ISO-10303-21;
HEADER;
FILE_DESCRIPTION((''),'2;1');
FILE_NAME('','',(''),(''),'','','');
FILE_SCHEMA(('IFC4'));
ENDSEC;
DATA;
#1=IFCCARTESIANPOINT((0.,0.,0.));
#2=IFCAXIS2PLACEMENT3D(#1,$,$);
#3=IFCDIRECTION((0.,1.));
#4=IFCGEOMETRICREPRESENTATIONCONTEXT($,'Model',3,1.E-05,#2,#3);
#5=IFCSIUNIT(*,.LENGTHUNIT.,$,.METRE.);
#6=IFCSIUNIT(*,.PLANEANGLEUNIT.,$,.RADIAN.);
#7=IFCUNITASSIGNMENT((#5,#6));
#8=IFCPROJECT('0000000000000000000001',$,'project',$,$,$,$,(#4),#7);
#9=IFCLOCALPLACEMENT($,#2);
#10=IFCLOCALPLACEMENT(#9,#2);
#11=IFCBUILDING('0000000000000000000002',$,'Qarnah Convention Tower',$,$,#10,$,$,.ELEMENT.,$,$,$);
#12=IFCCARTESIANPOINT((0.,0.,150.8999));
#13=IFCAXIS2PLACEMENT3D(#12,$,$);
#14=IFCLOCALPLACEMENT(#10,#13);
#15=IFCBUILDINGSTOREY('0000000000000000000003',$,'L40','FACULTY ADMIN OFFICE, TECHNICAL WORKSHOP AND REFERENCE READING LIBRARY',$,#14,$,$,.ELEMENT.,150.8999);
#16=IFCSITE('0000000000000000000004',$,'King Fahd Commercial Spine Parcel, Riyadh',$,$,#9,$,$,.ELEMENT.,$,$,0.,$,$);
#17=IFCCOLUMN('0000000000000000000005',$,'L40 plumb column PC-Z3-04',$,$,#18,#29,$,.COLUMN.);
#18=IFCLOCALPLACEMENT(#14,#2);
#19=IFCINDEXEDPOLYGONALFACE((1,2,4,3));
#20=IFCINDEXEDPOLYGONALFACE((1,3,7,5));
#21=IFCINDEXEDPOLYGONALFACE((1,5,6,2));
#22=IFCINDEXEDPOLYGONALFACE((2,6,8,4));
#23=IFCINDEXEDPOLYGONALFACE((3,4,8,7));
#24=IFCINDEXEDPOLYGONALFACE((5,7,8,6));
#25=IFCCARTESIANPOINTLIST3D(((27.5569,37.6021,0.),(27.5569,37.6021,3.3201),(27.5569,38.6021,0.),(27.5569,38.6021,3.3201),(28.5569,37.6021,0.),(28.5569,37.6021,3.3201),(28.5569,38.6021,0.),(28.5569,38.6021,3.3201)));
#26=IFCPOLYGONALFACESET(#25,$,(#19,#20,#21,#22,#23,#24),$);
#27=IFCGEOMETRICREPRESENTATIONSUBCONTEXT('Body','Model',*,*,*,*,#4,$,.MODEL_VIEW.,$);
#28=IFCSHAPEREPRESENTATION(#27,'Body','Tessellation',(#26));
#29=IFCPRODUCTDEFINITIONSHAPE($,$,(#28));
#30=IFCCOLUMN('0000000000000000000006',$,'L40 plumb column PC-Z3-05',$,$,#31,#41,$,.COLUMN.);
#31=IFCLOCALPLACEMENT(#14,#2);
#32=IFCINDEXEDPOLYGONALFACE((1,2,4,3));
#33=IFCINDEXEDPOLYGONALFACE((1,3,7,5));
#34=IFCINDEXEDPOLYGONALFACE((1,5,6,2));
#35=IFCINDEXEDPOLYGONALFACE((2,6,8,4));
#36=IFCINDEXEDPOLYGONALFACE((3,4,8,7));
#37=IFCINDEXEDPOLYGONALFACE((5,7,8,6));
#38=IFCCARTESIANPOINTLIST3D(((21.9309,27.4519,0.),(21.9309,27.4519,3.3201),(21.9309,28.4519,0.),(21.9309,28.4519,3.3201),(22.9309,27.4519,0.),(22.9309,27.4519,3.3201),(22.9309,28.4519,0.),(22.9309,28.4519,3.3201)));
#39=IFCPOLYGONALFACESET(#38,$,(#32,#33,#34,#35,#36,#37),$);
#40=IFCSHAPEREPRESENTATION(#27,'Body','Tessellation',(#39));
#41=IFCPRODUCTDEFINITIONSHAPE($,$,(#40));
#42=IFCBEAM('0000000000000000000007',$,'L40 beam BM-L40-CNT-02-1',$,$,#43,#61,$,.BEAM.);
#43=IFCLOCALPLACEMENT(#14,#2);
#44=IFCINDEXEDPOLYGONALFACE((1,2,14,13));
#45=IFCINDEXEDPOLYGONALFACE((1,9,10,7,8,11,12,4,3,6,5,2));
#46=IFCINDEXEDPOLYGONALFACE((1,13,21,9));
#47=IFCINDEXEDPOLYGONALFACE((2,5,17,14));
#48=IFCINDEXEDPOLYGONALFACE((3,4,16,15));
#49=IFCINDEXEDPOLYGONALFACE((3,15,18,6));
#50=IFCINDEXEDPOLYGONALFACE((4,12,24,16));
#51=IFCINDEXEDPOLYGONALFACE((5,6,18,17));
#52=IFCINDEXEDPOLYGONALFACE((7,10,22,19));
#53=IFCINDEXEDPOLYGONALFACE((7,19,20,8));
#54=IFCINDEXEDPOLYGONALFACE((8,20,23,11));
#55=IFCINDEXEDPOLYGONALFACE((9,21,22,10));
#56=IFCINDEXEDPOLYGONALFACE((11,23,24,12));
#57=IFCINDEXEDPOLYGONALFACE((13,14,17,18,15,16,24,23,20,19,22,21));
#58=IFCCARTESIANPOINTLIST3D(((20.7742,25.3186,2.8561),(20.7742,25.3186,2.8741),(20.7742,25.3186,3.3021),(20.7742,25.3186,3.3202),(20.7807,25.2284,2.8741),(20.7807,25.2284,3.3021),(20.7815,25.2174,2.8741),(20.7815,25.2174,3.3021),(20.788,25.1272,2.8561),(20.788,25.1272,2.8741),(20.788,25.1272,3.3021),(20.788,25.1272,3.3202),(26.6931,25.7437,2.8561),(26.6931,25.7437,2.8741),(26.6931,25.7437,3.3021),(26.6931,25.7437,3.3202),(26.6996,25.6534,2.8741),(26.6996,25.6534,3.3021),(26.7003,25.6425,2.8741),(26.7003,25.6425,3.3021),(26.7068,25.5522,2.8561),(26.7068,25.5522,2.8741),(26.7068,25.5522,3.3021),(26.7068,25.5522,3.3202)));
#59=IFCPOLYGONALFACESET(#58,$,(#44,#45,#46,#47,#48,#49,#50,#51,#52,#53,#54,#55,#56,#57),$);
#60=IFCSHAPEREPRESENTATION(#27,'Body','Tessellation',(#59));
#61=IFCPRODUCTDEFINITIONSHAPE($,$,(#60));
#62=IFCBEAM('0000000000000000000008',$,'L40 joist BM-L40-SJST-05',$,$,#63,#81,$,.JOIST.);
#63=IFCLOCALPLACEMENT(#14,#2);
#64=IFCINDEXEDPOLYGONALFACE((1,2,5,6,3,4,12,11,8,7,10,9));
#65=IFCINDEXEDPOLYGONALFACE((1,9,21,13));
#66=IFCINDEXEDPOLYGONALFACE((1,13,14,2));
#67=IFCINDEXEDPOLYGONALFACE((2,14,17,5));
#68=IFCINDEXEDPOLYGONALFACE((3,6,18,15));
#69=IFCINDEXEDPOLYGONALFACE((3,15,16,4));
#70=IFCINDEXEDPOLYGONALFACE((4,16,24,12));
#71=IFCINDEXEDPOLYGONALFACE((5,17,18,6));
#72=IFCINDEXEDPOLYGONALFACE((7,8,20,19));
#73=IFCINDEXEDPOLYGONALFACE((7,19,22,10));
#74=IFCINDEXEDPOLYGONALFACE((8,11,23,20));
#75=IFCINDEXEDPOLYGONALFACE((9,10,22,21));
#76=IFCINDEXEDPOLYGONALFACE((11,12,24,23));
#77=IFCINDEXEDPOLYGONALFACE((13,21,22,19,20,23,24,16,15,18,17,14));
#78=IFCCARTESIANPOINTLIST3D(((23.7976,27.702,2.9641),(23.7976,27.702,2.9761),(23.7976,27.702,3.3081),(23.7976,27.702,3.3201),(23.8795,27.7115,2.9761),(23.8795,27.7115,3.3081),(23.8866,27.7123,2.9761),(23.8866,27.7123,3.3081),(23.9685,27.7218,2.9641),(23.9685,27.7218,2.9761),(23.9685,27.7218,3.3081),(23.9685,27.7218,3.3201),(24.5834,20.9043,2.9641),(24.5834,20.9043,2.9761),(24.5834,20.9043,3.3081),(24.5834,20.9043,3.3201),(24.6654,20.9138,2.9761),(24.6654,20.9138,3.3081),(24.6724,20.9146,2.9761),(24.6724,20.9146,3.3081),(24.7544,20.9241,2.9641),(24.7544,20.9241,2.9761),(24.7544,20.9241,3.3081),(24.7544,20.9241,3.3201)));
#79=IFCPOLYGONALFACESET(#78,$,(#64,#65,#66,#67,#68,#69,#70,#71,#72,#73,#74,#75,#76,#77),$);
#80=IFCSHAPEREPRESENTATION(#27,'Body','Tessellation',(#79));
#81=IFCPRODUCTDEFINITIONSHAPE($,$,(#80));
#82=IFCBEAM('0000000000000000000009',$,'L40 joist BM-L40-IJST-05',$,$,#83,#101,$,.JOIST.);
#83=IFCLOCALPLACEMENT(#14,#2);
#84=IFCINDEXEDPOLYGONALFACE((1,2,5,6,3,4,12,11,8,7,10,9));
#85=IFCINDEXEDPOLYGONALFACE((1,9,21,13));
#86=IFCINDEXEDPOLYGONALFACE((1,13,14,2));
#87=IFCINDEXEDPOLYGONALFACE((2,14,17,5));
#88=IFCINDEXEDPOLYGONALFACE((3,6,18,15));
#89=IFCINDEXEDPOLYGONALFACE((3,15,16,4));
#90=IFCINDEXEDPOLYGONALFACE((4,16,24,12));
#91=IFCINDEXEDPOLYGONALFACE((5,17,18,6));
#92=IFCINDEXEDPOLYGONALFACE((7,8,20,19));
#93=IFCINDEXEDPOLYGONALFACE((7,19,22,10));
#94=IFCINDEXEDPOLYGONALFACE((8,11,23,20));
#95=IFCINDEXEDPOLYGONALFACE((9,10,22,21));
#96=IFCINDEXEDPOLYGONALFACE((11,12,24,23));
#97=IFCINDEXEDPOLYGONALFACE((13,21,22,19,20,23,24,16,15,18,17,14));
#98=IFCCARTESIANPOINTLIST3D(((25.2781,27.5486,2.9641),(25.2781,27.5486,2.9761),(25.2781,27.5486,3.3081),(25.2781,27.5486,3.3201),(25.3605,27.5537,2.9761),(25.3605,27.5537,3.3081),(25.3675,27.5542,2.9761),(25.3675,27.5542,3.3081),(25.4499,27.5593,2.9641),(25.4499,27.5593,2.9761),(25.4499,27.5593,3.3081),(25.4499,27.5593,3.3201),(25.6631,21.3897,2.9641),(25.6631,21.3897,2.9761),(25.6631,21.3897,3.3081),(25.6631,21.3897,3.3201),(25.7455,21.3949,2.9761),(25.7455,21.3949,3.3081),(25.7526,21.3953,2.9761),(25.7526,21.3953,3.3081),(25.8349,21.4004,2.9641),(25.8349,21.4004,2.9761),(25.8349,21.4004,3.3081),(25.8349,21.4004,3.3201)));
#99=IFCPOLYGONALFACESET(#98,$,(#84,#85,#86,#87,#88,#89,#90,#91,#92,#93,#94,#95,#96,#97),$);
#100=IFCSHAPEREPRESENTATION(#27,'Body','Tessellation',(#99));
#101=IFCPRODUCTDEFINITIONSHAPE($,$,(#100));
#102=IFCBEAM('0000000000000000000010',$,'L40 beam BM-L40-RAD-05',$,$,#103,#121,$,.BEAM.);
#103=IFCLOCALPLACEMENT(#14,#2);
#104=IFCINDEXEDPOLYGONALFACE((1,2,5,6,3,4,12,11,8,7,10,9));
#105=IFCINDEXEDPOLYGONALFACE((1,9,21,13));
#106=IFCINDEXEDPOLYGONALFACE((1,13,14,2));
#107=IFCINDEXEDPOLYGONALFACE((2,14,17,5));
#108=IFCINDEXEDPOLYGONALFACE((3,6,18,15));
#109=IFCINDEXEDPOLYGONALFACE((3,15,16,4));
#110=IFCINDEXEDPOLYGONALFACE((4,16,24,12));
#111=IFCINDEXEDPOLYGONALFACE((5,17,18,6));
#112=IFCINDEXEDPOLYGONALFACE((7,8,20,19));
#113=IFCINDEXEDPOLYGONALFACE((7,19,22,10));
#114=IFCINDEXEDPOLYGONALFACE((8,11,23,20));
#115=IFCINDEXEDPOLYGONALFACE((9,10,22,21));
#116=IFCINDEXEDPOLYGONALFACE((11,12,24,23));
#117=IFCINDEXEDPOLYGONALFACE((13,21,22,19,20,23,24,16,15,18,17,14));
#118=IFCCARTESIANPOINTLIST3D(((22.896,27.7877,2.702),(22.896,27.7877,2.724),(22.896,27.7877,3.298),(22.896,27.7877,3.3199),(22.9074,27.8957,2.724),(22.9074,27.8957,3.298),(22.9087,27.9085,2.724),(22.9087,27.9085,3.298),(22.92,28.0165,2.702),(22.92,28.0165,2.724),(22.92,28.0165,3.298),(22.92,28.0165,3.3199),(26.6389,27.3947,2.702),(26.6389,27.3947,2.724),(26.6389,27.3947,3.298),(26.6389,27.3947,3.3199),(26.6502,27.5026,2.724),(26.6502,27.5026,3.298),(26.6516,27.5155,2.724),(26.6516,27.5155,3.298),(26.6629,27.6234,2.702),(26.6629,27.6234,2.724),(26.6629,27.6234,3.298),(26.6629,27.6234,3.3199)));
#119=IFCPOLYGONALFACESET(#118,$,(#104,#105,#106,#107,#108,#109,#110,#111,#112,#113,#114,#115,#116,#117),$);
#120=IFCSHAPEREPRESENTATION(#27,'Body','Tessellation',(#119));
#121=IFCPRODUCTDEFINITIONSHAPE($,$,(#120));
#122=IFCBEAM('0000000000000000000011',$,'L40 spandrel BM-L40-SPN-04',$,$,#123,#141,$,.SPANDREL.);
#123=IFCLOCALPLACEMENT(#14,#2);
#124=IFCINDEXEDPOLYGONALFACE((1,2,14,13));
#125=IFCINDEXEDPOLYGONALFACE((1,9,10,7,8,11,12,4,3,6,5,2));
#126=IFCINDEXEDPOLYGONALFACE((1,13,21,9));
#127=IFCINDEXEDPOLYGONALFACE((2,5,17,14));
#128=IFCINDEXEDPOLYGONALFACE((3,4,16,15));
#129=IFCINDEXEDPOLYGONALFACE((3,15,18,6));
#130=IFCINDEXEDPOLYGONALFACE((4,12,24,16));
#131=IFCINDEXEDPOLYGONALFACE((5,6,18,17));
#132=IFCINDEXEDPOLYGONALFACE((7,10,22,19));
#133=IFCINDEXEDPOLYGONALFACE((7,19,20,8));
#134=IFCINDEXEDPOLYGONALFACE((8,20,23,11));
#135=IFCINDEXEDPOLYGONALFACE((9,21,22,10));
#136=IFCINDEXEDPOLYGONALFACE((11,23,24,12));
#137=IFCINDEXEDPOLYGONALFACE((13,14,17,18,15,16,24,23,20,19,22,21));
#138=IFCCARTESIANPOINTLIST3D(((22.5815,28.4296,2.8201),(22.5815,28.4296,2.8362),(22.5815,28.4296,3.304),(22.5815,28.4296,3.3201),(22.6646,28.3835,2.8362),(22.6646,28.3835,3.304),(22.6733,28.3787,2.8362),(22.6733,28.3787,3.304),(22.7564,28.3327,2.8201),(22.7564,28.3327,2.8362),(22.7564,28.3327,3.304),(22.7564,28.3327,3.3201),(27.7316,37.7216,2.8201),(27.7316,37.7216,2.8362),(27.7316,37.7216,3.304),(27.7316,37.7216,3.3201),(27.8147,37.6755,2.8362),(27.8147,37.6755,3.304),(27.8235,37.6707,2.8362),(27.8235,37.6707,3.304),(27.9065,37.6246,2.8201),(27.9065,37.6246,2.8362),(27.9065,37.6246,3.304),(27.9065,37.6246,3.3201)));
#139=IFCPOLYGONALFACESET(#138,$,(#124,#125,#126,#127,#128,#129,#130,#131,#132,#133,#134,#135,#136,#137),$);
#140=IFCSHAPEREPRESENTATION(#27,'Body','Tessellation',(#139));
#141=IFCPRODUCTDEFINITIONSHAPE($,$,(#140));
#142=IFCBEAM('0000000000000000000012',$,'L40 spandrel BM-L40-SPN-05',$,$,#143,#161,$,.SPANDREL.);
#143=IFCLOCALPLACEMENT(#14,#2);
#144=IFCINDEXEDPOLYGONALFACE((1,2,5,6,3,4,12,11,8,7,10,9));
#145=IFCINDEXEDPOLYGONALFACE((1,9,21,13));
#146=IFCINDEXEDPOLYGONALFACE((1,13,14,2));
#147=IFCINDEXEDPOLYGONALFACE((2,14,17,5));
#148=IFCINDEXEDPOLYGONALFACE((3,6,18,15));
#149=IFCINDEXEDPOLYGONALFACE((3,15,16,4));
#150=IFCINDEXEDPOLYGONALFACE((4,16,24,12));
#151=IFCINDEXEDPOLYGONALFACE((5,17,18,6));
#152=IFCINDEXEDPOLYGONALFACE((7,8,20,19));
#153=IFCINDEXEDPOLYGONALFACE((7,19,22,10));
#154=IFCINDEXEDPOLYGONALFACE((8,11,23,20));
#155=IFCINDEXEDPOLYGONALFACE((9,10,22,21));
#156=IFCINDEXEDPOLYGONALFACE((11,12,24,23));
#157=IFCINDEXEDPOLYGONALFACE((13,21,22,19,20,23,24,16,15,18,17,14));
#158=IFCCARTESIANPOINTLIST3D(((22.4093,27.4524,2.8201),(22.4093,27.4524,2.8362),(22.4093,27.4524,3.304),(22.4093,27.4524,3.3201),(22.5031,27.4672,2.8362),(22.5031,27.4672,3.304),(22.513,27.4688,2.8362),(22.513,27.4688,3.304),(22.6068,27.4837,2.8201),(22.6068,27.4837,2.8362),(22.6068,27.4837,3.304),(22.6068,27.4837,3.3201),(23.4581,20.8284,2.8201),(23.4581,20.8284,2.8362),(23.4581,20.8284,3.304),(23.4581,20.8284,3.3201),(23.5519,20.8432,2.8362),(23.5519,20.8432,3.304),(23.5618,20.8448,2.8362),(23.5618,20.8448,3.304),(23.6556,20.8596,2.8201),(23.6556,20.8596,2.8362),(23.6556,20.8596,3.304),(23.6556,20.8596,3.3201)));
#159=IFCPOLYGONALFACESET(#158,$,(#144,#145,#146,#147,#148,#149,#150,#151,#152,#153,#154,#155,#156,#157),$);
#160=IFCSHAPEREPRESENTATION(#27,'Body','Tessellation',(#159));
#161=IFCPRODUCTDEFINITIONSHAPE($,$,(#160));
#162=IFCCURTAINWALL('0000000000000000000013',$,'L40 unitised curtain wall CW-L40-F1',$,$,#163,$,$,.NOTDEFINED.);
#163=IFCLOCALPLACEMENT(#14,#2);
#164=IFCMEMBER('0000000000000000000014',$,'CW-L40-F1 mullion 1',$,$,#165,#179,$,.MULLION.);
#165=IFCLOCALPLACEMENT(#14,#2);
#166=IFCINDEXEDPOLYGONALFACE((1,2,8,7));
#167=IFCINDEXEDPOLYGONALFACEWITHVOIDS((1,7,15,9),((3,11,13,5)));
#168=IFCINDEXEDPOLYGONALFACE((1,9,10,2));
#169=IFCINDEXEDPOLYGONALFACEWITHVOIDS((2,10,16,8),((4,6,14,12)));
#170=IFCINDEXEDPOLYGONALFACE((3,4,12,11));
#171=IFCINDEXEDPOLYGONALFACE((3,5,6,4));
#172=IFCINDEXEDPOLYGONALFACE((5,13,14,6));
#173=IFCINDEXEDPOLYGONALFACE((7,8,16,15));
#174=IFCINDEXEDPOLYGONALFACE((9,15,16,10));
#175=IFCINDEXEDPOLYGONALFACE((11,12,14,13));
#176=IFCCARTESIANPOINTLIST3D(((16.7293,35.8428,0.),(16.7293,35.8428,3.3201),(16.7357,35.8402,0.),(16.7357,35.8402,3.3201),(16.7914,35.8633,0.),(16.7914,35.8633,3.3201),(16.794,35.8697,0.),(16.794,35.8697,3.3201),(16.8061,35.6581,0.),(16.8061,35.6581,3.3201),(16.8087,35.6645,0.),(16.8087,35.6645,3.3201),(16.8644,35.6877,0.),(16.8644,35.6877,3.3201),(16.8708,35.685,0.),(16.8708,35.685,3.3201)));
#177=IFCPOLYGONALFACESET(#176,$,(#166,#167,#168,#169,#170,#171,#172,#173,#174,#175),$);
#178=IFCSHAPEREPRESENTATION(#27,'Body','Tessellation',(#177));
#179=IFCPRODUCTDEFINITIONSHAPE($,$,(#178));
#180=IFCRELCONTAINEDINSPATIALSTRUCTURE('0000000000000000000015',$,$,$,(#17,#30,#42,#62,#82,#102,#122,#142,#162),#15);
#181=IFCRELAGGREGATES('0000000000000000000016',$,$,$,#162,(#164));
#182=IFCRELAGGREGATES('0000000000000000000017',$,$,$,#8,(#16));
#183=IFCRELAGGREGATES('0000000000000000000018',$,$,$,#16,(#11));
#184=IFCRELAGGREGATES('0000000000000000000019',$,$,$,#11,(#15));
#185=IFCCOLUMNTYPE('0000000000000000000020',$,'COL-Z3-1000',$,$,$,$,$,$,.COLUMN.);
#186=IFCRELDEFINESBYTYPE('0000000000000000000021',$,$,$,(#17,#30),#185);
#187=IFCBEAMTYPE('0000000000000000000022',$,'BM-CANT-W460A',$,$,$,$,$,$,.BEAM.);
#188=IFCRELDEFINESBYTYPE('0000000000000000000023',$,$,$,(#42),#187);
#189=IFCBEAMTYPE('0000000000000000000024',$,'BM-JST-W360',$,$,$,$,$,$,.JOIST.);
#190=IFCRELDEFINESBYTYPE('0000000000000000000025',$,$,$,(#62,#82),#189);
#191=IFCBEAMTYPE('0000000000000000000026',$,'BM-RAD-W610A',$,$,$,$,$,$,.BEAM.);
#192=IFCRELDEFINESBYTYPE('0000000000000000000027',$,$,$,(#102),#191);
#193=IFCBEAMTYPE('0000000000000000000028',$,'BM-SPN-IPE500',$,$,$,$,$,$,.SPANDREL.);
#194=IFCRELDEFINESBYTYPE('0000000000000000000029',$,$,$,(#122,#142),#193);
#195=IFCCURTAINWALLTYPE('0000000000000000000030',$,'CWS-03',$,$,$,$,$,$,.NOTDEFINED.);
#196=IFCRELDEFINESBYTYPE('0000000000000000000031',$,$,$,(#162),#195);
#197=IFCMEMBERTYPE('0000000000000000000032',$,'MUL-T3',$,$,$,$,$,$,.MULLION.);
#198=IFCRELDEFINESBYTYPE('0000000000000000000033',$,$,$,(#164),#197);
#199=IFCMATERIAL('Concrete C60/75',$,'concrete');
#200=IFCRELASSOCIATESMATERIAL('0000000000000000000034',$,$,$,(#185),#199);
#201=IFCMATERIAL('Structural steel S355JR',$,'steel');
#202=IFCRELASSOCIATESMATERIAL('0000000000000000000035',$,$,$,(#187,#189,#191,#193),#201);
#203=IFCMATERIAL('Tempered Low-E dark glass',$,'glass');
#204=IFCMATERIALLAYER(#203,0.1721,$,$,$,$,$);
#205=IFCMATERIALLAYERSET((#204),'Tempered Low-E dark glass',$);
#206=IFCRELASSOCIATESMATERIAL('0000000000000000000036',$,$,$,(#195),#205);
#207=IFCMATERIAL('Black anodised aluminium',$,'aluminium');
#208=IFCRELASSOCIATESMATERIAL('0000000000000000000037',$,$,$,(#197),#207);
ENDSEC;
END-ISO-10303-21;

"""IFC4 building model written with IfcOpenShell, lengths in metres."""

from ifc_helpers import new_model, si_unit, direction, frame, origin, origin_2d, place, context, subcontext, project, spatial, rectangle, hollow_rectangle, i_section, extrude, material, layer, layer_set, material_profile, profile_set, type_object, element, aggregate, save


model = new_model("IFC4")

# Units and contexts
model_context = context("Model", 3, precision=1e-05, world=origin(), true_north=direction((0.0, 1.0)))
body_context = subcontext(model_context, "Body", "Model", "MODEL_VIEW")
ifc_project = project(units=[si_unit("LENGTHUNIT", "METRE"), si_unit("PLANEANGLEUNIT", "RADIAN")], contexts=[model_context])

# Site, building, storey
site_placement = place(None, origin())
site = spatial("IfcSite", under=ifc_project, at=site_placement, Name="King Fahd Commercial Spine Parcel, Riyadh", CompositionType="ELEMENT", RefElevation=0.0)
building_placement = place(site_placement, origin())
building = spatial("IfcBuilding", under=site, at=building_placement, Name="Qarnah Convention Tower", CompositionType="ELEMENT")
storey_placement = place(building_placement, frame((0.0, 0.0, 150.8999)))
storey = spatial("IfcBuildingStorey", under=building, at=storey_placement, Name="L40", Description="FACULTY ADMIN OFFICE, TECHNICAL WORKSHOP AND REFERENCE READING LIBRARY", CompositionType="ELEMENT", Elevation=150.8999)

# Columns
ifc_material_1 = material(Name="Concrete C60/75", Category="concrete")
ifc_material_profile_1 = material_profile(ifc_material_1, rectangle(XDim=1.0, YDim=1.0, at=origin_2d()), Name="RC-COL-1000X1000")
ifc_profile_set_1 = profile_set([ifc_material_profile_1], Name="Concrete C60/75")
column_type = type_object("IfcColumnType", Name="COL-Z3-1000", PredefinedType="COLUMN", material=ifc_profile_set_1)
for number, where, z_axis, x_axis, name in (
    (1, (28.0569, 38.1021, 0.0), (0.0, 0.0, 1.0), (1.0, 0.0, 0.0), "L40 plumb column PC-Z3-04"),
    (2, (22.4309, 27.9519, 0.0), (0.0, 0.0, 1.0), (1.0, 0.0, 0.0), "L40 plumb column PC-Z3-05"),
):
    element("IfcColumn", number, at=place(storey_placement, frame(where, z_axis=z_axis, x_axis=x_axis)), inside=storey, type_object=column_type, Name=name, PredefinedType="COLUMN", context=body_context, shape_type="SweptSolid", body=[
        extrude(rectangle(XDim=1.0, YDim=1.0, at=origin_2d()), origin(), (0.0, 0.0, 1.0), 3.3201),
    ])

# Beams
ifc_material_2 = material(Name="Structural steel S355JR", Category="steel")
ifc_material_profile_2 = material_profile(ifc_material_2, i_section(OverallWidth=0.1919, OverallDepth=0.4641, WebThickness=0.011, FlangeThickness=0.0181, at=origin_2d()), Name="W460X89")
ifc_profile_set_2 = profile_set([ifc_material_profile_2], Name="Structural steel S355JR")
beam_type_1 = type_object("IfcBeamType", Name="BM-CANT-W460A", PredefinedType="BEAM", material=ifc_profile_set_2)
beam_1_placement = place(storey_placement, frame((26.7, 25.6479, 3.0881), z_axis=(-0.997431, -0.071627, 0.0), x_axis=(0.071627, -0.997431, 0.0)))
element("IfcBeam", 3, at=beam_1_placement, inside=storey, type_object=beam_type_1, Name="L40 beam BM-L40-CNT-02-1", PredefinedType="BEAM", context=body_context, shape_type="SweptSolid", body=[
    extrude(i_section(OverallWidth=0.1919, OverallDepth=0.4641, WebThickness=0.011, FlangeThickness=0.0181, at=origin_2d()), origin(), (0.0, 0.0, 1.0), 5.9341),
])
ifc_material_profile_3 = material_profile(ifc_material_2, i_section(OverallWidth=0.1721, OverallDepth=0.356, WebThickness=0.0071, FlangeThickness=0.012, at=origin_2d()), Name="W360X51")
ifc_profile_set_3 = profile_set([ifc_material_profile_3], Name="Structural steel S355JR")
beam_type_2 = type_object("IfcBeamType", Name="BM-JST-W360", PredefinedType="JOIST", material=ifc_profile_set_3)
beam_2_placement = place(storey_placement, frame((23.8831, 27.7119, 3.1421), z_axis=(0.114843, -0.993384, 0.0), x_axis=(0.993384, 0.114843, 0.0)))
element("IfcBeam", 4, at=beam_2_placement, inside=storey, type_object=beam_type_2, Name="L40 joist BM-L40-SJST-05", PredefinedType="JOIST", context=body_context, shape_type="SweptSolid", body=[
    extrude(i_section(OverallWidth=0.1721, OverallDepth=0.356, WebThickness=0.0071, FlangeThickness=0.012, at=origin_2d()), origin(), (0.0, 0.0, 1.0), 6.843),
])
beam_3_placement = place(storey_placement, frame((25.364, 27.554, 3.1421), z_axis=(0.062391, -0.998052, 0.0), x_axis=(0.998052, 0.062391, 0.0)))
element("IfcBeam", 5, at=beam_3_placement, inside=storey, type_object=beam_type_2, Name="L40 joist BM-L40-IJST-05", PredefinedType="JOIST", context=body_context, shape_type="SweptSolid", body=[
    extrude(i_section(OverallWidth=0.1721, OverallDepth=0.356, WebThickness=0.0071, FlangeThickness=0.012, at=origin_2d()), origin(), (0.0, 0.0, 1.0), 6.1709),
])
ifc_material_profile_4 = material_profile(ifc_material_2, i_section(OverallWidth=0.23, OverallDepth=0.6179, WebThickness=0.0129, FlangeThickness=0.022, at=origin_2d()), Name="W610X140")
ifc_profile_set_4 = profile_set([ifc_material_profile_4], Name="Structural steel S355JR")
beam_type_3 = type_object("IfcBeamType", Name="BM-RAD-W610A", PredefinedType="BEAM", material=ifc_profile_set_4)
beam_4_placement = place(storey_placement, frame((26.6509, 27.509, 3.011), z_axis=(-0.994531, 0.104442, 0.0), x_axis=(-0.104442, -0.994531, 0.0)))
element("IfcBeam", 6, at=beam_4_placement, inside=storey, type_object=beam_type_3, Name="L40 beam BM-L40-RAD-05", PredefinedType="BEAM", context=body_context, shape_type="SweptSolid", body=[
    extrude(i_section(OverallWidth=0.23, OverallDepth=0.6179, WebThickness=0.0129, FlangeThickness=0.022, at=origin_2d()), origin(), (0.0, 0.0, 1.0), 3.7634),
])
ifc_material_profile_5 = material_profile(ifc_material_2, i_section(OverallWidth=0.2, OverallDepth=0.5, WebThickness=0.01, FlangeThickness=0.0161, at=origin_2d()), Name="IPE500")
ifc_profile_set_5 = profile_set([ifc_material_profile_5], Name="Structural steel S355JR")
beam_type_4 = type_object("IfcBeamType", Name="BM-SPN-IPE500", PredefinedType="SPANDREL", material=ifc_profile_set_5)
beam_5_placement = place(storey_placement, frame((27.8191, 37.6731, 3.0701), z_axis=(-0.484774, -0.874639, 0.0), x_axis=(0.874639, -0.484774, 0.0)))
element("IfcBeam", 7, at=beam_5_placement, inside=storey, type_object=beam_type_4, Name="L40 spandrel BM-L40-SPN-04", PredefinedType="SPANDREL", context=body_context, shape_type="SweptSolid", body=[
    extrude(i_section(OverallWidth=0.2, OverallDepth=0.5, WebThickness=0.01, FlangeThickness=0.0161, at=origin_2d()), origin(), (0.0, 0.0, 1.0), 10.6238),
])
beam_6_placement = place(storey_placement, frame((22.5081, 27.468, 3.0701), z_axis=(0.156389, -0.987696, 0.0), x_axis=(0.987696, 0.156389, 0.0)))
element("IfcBeam", 8, at=beam_6_placement, inside=storey, type_object=beam_type_4, Name="L40 spandrel BM-L40-SPN-05", PredefinedType="SPANDREL", context=body_context, shape_type="SweptSolid", body=[
    extrude(i_section(OverallWidth=0.2, OverallDepth=0.5, WebThickness=0.01, FlangeThickness=0.0161, at=origin_2d()), origin(), (0.0, 0.0, 1.0), 6.7065),
])

# Curtain wall, member
ifc_material_3 = material(Name="Tempered Low-E dark glass", Category="glass")
ifc_layer_1 = layer(ifc_material_3, 0.1721)
ifc_layer_set_1 = layer_set([ifc_layer_1], Name="Tempered Low-E dark glass")
curtain_wall_type = type_object("IfcCurtainWallType", Name="CWS-03", PredefinedType="NOTDEFINED", material=ifc_layer_set_1)
curtain_wall_placement = place(storey_placement, origin())
curtain_wall = element("IfcCurtainWall", 9, at=curtain_wall_placement, inside=storey, type_object=curtain_wall_type, Name="L40 unitised curtain wall CW-L40-F1", PredefinedType="NOTDEFINED")
ifc_material_4 = material(Name="Black anodised aluminium", Category="aluminium")
ifc_material_profile_6 = material_profile(ifc_material_4, hollow_rectangle(XDim=0.0701, YDim=0.2, WallThickness=0.0049, at=origin_2d()), Name="MUL-70X200")
ifc_profile_set_6 = profile_set([ifc_material_profile_6], Name="Black anodised aluminium")
member_type_1 = type_object("IfcMemberType", Name="MUL-T3", PredefinedType="MULLION", material=ifc_profile_set_6)
member_1_placement = place(storey_placement, frame((16.8, 35.7639, 0.0), z_axis=(0.0, 0.0, 1.0), x_axis=(0.923479, 0.383649, 0.0)))
member_1 = element("IfcMember", 10, at=member_1_placement, type_object=member_type_1, Name="CW-L40-F1 mullion 1", PredefinedType="MULLION", context=body_context, shape_type="SweptSolid", body=[
    extrude(hollow_rectangle(XDim=0.0701, YDim=0.2, WallThickness=0.0049, at=origin_2d()), origin(), (0.0, 0.0, 1.0), 3.3201),
])
aggregate(curtain_wall, [member_1])

save(model, "model.ifc")
